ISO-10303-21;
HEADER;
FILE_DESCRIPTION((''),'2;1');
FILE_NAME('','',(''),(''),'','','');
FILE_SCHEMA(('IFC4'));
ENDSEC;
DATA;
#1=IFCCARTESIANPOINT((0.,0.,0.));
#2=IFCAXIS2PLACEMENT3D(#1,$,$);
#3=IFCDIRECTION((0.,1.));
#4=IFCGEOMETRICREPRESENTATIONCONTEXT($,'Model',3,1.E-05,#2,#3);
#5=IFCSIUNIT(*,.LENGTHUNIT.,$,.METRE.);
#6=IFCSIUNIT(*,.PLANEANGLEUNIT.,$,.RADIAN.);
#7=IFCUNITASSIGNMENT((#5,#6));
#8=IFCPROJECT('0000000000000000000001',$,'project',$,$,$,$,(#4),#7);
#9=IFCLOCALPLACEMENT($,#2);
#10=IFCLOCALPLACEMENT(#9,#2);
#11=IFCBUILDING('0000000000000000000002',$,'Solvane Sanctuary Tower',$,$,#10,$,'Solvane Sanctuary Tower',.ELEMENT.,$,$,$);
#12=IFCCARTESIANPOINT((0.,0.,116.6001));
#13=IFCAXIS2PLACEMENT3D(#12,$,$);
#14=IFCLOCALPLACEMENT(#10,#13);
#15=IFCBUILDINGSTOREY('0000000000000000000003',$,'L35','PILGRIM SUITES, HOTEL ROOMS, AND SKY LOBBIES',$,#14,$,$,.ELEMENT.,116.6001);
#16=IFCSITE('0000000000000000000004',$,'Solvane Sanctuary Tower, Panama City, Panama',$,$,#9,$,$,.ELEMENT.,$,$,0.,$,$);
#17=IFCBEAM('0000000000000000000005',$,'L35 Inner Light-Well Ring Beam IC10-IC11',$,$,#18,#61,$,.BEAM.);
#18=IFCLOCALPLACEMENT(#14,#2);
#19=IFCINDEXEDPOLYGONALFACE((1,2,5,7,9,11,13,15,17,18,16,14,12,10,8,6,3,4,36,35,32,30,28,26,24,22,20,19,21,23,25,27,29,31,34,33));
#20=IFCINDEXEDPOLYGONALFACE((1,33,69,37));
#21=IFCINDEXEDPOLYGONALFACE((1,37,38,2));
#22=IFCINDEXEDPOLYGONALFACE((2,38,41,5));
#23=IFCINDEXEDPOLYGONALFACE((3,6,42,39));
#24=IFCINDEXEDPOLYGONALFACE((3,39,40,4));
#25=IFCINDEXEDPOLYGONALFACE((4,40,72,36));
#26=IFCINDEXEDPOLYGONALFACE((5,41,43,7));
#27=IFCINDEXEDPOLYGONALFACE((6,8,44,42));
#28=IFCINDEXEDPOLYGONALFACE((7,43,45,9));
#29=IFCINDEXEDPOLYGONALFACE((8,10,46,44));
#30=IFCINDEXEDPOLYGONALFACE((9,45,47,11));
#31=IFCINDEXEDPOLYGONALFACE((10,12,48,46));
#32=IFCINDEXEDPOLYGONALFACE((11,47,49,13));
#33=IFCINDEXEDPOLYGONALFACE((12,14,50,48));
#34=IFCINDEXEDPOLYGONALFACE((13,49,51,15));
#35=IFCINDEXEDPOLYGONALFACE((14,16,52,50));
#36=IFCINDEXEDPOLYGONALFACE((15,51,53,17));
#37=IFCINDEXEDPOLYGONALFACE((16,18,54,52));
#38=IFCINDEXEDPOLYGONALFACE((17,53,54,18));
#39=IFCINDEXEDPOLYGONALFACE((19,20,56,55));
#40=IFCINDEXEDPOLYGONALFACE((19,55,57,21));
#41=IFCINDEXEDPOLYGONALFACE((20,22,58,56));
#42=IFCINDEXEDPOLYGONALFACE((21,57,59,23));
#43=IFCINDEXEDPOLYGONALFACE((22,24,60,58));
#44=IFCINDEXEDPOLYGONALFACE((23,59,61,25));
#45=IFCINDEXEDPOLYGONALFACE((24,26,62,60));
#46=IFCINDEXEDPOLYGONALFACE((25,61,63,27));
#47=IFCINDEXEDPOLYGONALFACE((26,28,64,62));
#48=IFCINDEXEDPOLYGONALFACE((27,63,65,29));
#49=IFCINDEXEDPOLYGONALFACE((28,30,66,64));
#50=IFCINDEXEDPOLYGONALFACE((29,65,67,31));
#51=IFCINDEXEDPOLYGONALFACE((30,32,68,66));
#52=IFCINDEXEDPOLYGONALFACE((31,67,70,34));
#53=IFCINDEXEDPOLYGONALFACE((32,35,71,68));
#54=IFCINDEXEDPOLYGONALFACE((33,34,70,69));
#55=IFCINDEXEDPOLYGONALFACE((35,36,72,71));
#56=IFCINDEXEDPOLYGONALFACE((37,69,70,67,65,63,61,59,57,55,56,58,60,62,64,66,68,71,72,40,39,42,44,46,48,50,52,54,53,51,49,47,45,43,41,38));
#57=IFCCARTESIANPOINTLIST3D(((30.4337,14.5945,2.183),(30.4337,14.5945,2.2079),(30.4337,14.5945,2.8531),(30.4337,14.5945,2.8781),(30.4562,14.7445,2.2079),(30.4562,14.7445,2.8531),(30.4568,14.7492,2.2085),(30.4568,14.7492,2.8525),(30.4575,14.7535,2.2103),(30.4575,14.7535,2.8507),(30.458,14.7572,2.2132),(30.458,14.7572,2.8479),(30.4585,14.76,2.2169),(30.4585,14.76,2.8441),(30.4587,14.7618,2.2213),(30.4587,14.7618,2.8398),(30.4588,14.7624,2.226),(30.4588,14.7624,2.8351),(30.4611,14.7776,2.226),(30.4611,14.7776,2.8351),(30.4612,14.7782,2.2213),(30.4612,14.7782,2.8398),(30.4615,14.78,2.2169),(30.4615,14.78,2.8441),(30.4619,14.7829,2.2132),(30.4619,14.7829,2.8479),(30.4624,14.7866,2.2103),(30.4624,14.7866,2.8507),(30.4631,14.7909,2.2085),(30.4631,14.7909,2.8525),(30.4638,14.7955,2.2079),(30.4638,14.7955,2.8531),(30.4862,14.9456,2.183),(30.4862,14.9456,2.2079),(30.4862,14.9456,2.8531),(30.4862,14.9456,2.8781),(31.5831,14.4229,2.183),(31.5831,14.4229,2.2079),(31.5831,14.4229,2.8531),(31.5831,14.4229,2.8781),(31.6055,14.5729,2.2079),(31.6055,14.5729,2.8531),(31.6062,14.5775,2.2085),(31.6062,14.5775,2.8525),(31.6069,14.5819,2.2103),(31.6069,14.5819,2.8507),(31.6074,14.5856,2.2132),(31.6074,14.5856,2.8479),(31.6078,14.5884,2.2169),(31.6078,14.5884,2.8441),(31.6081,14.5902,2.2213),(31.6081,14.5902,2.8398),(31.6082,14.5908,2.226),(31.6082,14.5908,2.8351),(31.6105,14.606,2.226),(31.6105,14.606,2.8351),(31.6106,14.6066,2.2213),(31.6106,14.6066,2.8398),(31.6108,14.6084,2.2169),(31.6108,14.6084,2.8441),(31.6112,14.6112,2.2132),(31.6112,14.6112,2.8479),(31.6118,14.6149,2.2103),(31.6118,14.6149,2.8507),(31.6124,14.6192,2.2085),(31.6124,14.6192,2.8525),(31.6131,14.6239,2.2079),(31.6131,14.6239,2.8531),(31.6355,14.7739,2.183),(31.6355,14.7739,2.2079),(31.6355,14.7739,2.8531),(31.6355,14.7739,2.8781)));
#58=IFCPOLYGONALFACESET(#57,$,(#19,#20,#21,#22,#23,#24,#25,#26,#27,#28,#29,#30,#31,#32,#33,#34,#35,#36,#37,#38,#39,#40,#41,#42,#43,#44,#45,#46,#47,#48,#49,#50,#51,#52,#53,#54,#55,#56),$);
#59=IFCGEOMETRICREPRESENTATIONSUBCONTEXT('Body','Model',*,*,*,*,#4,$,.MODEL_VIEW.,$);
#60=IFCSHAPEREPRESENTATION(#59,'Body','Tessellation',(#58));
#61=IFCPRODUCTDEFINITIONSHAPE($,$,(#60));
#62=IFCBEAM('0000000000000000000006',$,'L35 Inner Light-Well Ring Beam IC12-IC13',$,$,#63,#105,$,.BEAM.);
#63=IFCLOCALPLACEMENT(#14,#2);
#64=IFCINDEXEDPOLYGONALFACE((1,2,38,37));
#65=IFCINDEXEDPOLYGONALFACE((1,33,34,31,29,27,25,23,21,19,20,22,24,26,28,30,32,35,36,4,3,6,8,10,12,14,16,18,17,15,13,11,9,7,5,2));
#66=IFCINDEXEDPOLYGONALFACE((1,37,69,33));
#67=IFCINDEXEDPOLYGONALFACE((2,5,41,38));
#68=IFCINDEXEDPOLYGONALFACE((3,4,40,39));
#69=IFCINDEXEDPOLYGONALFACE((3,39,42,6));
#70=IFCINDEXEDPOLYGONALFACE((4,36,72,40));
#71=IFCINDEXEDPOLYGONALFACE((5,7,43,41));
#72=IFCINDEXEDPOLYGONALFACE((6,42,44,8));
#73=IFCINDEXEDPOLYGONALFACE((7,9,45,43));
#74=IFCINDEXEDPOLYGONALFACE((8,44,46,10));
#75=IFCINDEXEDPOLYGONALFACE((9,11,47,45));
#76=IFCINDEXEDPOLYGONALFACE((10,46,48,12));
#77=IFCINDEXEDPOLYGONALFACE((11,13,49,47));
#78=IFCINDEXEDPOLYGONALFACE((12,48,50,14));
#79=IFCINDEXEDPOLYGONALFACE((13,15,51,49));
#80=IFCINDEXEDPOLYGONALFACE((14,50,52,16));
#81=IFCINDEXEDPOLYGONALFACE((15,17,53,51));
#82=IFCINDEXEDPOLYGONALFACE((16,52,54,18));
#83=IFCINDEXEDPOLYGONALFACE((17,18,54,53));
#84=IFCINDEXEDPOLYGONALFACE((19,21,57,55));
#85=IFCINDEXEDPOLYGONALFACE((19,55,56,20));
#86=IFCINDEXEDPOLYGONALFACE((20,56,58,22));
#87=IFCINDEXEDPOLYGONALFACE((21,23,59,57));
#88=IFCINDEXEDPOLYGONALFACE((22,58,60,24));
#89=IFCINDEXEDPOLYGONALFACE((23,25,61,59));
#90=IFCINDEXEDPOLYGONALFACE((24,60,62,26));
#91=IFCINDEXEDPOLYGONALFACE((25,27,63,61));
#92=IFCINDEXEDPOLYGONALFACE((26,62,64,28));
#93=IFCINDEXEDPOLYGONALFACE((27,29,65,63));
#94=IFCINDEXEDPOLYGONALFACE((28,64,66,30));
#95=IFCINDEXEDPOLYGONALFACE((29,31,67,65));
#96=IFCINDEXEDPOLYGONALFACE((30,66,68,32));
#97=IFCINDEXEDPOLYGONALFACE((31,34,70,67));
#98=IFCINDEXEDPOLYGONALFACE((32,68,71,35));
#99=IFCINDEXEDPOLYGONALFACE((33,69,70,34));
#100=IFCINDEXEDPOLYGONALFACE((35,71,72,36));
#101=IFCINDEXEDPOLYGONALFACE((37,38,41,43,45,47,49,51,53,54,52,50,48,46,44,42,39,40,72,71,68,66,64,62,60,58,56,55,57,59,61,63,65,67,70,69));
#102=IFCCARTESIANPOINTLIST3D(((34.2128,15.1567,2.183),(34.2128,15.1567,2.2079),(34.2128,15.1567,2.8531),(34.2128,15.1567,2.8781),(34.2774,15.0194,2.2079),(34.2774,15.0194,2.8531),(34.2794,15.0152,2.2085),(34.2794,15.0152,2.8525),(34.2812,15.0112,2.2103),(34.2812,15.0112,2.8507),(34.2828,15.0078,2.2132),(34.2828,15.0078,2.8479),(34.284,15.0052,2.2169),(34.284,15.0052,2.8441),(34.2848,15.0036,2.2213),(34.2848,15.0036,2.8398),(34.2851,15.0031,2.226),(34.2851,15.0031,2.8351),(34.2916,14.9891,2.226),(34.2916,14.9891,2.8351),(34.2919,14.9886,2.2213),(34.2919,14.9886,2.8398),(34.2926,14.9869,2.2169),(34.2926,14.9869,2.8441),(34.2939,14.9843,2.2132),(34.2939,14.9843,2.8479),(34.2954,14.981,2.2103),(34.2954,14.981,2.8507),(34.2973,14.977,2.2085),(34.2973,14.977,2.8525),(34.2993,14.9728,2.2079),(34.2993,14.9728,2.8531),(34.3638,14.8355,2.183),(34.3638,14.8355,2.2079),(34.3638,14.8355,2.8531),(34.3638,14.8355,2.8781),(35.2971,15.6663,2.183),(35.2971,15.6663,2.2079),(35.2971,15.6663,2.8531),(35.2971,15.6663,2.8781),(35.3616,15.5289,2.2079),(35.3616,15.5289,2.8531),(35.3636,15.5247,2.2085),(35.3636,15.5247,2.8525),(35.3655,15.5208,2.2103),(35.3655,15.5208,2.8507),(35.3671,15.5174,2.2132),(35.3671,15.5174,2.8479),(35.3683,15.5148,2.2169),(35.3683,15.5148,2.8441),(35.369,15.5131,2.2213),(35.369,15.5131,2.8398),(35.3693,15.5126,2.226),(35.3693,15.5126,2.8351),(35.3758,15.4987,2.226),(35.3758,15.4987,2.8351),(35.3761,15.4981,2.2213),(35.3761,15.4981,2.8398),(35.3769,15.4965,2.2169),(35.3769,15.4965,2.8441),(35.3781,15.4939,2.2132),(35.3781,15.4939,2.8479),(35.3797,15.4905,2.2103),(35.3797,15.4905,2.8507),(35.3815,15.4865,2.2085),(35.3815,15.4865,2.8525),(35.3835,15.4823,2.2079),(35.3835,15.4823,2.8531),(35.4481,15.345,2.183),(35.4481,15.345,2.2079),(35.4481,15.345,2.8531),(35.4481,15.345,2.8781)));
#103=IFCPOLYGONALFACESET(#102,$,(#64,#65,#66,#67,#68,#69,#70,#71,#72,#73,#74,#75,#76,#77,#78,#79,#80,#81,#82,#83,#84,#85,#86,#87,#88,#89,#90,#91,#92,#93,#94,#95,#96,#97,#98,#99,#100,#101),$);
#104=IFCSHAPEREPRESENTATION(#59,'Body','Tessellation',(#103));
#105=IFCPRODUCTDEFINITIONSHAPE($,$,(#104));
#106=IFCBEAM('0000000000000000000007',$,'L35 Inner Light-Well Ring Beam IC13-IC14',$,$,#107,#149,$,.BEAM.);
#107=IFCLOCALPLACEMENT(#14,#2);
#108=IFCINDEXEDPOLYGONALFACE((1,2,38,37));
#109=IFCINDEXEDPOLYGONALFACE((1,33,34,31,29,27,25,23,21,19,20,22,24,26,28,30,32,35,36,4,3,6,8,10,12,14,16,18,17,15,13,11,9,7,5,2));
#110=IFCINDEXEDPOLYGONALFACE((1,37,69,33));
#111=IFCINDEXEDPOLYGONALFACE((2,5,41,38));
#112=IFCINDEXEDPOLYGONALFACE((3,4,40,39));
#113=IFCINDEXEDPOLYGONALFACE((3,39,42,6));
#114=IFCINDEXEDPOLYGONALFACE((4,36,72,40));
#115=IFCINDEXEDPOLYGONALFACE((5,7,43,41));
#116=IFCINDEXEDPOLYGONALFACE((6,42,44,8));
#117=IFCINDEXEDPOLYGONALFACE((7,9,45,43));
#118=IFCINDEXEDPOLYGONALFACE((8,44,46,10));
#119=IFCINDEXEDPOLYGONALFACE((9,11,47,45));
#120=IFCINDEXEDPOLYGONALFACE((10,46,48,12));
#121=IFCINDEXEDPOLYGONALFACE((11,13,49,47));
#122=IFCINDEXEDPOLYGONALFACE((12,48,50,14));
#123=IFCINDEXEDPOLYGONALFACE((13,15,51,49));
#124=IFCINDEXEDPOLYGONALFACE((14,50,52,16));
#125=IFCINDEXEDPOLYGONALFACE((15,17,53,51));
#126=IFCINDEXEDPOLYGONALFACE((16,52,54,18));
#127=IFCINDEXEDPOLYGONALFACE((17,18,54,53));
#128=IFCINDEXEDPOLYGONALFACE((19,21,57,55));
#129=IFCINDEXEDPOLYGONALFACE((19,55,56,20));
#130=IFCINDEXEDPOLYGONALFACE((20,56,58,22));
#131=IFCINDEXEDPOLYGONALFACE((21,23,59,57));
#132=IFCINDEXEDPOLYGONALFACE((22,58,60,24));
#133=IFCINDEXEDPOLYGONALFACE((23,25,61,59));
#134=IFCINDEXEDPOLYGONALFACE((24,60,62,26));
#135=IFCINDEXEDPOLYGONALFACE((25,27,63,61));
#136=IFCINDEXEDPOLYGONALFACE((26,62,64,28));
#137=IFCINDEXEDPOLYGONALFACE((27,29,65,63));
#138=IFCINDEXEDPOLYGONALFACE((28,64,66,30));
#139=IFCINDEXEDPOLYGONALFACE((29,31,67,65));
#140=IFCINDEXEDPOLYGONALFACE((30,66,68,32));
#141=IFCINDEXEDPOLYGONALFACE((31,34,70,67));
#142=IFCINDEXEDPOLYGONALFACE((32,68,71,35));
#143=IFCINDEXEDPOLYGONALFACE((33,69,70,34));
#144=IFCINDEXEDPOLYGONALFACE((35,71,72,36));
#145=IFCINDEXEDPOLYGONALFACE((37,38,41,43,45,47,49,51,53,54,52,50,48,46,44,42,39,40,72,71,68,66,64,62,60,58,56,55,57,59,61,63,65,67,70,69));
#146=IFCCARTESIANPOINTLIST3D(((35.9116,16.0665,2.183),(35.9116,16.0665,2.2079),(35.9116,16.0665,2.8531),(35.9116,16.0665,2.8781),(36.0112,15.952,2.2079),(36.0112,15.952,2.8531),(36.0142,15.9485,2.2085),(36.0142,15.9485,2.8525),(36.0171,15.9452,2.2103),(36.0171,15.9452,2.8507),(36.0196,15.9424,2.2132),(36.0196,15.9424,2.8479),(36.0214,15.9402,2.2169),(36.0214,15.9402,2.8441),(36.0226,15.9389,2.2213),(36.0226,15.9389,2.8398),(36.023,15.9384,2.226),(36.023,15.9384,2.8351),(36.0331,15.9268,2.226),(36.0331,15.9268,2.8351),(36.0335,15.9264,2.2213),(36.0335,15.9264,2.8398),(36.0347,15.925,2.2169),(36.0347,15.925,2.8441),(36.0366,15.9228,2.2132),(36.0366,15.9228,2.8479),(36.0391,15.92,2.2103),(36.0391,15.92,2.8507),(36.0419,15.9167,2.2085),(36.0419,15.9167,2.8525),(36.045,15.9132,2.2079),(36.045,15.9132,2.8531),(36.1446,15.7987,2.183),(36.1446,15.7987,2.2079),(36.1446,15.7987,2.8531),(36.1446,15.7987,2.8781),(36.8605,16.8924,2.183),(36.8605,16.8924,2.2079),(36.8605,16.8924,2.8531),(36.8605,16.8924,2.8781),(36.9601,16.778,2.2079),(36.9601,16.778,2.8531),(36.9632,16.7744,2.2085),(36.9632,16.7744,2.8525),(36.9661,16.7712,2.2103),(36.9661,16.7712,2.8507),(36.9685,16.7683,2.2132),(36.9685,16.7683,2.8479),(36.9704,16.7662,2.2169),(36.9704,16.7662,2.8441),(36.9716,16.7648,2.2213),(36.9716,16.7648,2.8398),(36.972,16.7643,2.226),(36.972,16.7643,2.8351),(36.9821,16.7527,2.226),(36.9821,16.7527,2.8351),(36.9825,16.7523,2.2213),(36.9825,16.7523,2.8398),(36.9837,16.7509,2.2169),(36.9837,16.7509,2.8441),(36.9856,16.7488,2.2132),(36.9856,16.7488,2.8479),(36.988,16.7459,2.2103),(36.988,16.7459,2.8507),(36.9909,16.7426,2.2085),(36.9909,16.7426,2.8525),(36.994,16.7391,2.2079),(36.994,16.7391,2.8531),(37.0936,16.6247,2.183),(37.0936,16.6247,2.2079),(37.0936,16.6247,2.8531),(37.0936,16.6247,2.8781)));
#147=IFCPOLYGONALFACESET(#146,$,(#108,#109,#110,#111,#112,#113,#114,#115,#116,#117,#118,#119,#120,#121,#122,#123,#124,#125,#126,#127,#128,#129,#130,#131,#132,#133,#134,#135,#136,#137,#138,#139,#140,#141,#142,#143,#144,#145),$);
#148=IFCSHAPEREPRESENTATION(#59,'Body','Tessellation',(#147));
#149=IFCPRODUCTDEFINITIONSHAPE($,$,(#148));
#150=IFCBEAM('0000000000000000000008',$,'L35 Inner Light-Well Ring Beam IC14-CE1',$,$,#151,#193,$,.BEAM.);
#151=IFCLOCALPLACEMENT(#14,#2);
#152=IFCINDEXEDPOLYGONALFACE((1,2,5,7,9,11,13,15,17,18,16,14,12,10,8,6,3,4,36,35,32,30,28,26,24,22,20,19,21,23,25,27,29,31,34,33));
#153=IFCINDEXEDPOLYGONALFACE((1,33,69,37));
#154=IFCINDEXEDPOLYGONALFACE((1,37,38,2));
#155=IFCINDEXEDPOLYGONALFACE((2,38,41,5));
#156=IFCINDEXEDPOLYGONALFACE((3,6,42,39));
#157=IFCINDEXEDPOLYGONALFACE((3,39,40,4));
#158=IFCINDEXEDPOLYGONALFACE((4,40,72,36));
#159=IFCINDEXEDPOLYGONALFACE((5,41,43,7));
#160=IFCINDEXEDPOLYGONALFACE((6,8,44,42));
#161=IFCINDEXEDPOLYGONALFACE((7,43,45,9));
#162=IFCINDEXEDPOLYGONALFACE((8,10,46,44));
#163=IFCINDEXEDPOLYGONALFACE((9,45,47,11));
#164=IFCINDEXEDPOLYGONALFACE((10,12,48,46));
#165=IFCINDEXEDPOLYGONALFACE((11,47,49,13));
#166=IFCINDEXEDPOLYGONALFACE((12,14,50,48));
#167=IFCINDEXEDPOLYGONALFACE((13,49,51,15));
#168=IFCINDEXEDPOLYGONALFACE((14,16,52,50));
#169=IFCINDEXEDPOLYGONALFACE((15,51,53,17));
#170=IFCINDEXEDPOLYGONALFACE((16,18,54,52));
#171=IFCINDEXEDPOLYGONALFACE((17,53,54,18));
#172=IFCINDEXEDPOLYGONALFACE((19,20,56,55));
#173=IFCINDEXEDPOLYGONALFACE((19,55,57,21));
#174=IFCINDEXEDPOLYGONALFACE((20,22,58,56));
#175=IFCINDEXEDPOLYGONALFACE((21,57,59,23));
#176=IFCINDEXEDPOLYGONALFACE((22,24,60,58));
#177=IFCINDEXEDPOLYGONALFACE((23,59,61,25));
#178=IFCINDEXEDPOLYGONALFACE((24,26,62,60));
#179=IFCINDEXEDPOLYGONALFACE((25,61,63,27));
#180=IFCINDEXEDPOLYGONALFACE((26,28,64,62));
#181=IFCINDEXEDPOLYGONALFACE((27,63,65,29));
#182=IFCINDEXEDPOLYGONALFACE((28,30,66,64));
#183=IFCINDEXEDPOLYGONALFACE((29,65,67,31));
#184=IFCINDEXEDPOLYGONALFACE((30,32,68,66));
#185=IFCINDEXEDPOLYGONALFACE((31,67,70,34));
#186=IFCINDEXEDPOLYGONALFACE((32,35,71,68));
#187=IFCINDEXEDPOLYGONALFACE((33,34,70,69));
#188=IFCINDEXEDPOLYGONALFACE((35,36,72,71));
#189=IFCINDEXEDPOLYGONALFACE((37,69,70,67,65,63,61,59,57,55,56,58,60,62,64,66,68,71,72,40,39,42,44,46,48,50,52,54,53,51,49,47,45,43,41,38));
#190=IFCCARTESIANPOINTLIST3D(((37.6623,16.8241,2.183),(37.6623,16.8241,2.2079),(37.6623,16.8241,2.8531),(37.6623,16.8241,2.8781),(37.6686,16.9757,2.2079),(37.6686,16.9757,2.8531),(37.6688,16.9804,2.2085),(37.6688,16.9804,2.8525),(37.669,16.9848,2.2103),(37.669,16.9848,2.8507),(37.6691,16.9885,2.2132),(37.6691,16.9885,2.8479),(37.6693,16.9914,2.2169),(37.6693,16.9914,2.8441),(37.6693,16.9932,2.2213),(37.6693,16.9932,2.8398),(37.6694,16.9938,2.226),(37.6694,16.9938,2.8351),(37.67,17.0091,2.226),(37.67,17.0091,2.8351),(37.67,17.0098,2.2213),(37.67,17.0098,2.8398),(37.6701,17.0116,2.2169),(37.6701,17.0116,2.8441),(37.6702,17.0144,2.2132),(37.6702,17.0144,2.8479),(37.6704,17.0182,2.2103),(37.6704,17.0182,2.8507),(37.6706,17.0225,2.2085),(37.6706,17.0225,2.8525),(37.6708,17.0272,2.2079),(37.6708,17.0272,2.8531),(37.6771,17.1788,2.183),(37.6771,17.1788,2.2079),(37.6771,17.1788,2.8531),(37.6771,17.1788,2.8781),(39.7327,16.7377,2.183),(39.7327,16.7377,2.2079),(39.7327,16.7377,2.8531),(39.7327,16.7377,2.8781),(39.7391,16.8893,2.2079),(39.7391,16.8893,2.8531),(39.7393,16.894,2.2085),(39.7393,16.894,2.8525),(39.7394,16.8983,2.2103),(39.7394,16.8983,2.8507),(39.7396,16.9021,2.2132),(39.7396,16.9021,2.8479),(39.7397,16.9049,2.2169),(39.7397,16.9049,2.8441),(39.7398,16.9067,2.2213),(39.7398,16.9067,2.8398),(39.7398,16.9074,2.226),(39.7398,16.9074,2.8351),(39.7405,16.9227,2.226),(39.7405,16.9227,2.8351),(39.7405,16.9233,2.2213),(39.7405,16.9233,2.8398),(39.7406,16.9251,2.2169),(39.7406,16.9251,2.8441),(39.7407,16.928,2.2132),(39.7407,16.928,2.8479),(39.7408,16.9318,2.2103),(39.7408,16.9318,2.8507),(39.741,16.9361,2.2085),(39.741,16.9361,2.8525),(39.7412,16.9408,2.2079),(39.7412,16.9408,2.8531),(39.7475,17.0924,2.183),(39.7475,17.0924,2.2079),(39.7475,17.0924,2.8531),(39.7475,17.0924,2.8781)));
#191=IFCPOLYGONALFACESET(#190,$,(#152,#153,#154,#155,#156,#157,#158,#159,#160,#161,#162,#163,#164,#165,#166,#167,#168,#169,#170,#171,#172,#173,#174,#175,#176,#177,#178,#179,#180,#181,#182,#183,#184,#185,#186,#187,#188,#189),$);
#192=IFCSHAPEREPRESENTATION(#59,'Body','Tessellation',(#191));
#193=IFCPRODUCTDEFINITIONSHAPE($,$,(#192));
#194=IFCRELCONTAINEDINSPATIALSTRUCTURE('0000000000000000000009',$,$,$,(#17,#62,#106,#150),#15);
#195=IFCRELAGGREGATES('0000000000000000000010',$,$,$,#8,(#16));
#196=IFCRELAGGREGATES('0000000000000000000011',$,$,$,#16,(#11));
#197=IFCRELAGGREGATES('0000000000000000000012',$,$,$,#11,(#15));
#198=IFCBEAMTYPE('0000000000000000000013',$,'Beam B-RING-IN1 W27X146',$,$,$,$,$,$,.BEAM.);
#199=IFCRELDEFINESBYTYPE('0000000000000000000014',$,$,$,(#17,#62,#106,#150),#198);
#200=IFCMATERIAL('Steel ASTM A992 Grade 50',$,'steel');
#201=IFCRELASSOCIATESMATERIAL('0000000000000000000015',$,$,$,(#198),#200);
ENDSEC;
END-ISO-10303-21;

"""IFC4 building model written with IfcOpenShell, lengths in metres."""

from ifc_helpers import new_model, si_unit, direction, frame, origin, origin_2d, place, context, subcontext, project, spatial, i_section, extrude, material, material_profile, profile_set, type_object, element, save


model = new_model("IFC4")

# Units and contexts
model_context = context("Model", 3, precision=1e-05, world=origin(), true_north=direction((0.0, 1.0)))
body_context = subcontext(model_context, "Body", "Model", "MODEL_VIEW")
ifc_project = project(units=[si_unit("LENGTHUNIT", "METRE"), si_unit("PLANEANGLEUNIT", "RADIAN")], contexts=[model_context])

# Site, building, storey
site_placement = place(None, origin())
site = spatial("IfcSite", under=ifc_project, at=site_placement, Name="Solvane Sanctuary Tower, Panama City, Panama", CompositionType="ELEMENT", RefElevation=0.0)
building_placement = place(site_placement, origin())
building = spatial("IfcBuilding", under=site, at=building_placement, Name="Solvane Sanctuary Tower", LongName="Solvane Sanctuary Tower", CompositionType="ELEMENT")
storey_placement = place(building_placement, frame((0.0, 0.0, 116.6001)))
storey = spatial("IfcBuildingStorey", under=building, at=storey_placement, Name="L35", Description="PILGRIM SUITES, HOTEL ROOMS, AND SKY LOBBIES", CompositionType="ELEMENT", Elevation=116.6001)

# Beams
ifc_material_1 = material(Name="Steel ASTM A992 Grade 50", Category="steel")
ifc_material_profile_1 = material_profile(ifc_material_1, i_section(OverallWidth=0.355, OverallDepth=0.6951, WebThickness=0.0154, FlangeThickness=0.0249, FilletRadius=0.0181, at=origin_2d()), Name="W27X146")
ifc_profile_set_1 = profile_set([ifc_material_profile_1], Name="Steel ASTM A992 Grade 50")
beam_type_1 = type_object("IfcBeamType", Name="Beam B-RING-IN1 W27X146", PredefinedType="BEAM", material=ifc_profile_set_1)
beam_1_placement = place(storey_placement, frame((30.46, 14.77, 2.5305), z_axis=(0.989035, -0.147683, 0.0), x_axis=(0.147683, 0.989035, 0.0)))
element("IfcBeam", 1, at=beam_1_placement, inside=storey, type_object=beam_type_1, Name="L35 Inner Light-Well Ring Beam IC10-IC11", PredefinedType="BEAM", context=body_context, shape_type="SweptSolid", body=[
    extrude(i_section(OverallWidth=0.355, OverallDepth=0.6951, WebThickness=0.0154, FlangeThickness=0.0249, FilletRadius=0.0181, at=origin_2d()), origin(), (0.0, 0.0, 1.0), 1.1621),
])
beam_2_placement = place(storey_placement, frame((34.2883, 14.9961, 2.5305), z_axis=(0.905045, 0.425316, 0.0), x_axis=(-0.425316, 0.905045, 0.0)))
element("IfcBeam", 2, at=beam_2_placement, inside=storey, type_object=beam_type_1, Name="L35 Inner Light-Well Ring Beam IC12-IC13", PredefinedType="BEAM", context=body_context, shape_type="SweptSolid", body=[
    extrude(i_section(OverallWidth=0.355, OverallDepth=0.6951, WebThickness=0.0154, FlangeThickness=0.0249, FilletRadius=0.0181, at=origin_2d()), origin(), (0.0, 0.0, 1.0), 1.198),
])
beam_3_placement = place(storey_placement, frame((36.0281, 15.9326, 2.5305), z_axis=(0.754317, 0.65651, 0.0), x_axis=(-0.65651, 0.754317, 0.0)))
element("IfcBeam", 3, at=beam_3_placement, inside=storey, type_object=beam_type_1, Name="L35 Inner Light-Well Ring Beam IC13-IC14", PredefinedType="BEAM", context=body_context, shape_type="SweptSolid", body=[
    extrude(i_section(OverallWidth=0.355, OverallDepth=0.6951, WebThickness=0.0154, FlangeThickness=0.0249, FilletRadius=0.0181, at=origin_2d()), origin(), (0.0, 0.0, 1.0), 1.2581),
])
beam_4_placement = place(storey_placement, frame((37.6697, 17.0015, 2.5305), z_axis=(0.99913, -0.041704, 0.0), x_axis=(0.041704, 0.99913, 0.0)))
element("IfcBeam", 4, at=beam_4_placement, inside=storey, type_object=beam_type_1, Name="L35 Inner Light-Well Ring Beam IC14-CE1", PredefinedType="BEAM", context=body_context, shape_type="SweptSolid", body=[
    extrude(i_section(OverallWidth=0.355, OverallDepth=0.6951, WebThickness=0.0154, FlangeThickness=0.0249, FilletRadius=0.0181, at=origin_2d()), origin(), (0.0, 0.0, 1.0), 2.0723),
])

save(model, "model.ifc")
